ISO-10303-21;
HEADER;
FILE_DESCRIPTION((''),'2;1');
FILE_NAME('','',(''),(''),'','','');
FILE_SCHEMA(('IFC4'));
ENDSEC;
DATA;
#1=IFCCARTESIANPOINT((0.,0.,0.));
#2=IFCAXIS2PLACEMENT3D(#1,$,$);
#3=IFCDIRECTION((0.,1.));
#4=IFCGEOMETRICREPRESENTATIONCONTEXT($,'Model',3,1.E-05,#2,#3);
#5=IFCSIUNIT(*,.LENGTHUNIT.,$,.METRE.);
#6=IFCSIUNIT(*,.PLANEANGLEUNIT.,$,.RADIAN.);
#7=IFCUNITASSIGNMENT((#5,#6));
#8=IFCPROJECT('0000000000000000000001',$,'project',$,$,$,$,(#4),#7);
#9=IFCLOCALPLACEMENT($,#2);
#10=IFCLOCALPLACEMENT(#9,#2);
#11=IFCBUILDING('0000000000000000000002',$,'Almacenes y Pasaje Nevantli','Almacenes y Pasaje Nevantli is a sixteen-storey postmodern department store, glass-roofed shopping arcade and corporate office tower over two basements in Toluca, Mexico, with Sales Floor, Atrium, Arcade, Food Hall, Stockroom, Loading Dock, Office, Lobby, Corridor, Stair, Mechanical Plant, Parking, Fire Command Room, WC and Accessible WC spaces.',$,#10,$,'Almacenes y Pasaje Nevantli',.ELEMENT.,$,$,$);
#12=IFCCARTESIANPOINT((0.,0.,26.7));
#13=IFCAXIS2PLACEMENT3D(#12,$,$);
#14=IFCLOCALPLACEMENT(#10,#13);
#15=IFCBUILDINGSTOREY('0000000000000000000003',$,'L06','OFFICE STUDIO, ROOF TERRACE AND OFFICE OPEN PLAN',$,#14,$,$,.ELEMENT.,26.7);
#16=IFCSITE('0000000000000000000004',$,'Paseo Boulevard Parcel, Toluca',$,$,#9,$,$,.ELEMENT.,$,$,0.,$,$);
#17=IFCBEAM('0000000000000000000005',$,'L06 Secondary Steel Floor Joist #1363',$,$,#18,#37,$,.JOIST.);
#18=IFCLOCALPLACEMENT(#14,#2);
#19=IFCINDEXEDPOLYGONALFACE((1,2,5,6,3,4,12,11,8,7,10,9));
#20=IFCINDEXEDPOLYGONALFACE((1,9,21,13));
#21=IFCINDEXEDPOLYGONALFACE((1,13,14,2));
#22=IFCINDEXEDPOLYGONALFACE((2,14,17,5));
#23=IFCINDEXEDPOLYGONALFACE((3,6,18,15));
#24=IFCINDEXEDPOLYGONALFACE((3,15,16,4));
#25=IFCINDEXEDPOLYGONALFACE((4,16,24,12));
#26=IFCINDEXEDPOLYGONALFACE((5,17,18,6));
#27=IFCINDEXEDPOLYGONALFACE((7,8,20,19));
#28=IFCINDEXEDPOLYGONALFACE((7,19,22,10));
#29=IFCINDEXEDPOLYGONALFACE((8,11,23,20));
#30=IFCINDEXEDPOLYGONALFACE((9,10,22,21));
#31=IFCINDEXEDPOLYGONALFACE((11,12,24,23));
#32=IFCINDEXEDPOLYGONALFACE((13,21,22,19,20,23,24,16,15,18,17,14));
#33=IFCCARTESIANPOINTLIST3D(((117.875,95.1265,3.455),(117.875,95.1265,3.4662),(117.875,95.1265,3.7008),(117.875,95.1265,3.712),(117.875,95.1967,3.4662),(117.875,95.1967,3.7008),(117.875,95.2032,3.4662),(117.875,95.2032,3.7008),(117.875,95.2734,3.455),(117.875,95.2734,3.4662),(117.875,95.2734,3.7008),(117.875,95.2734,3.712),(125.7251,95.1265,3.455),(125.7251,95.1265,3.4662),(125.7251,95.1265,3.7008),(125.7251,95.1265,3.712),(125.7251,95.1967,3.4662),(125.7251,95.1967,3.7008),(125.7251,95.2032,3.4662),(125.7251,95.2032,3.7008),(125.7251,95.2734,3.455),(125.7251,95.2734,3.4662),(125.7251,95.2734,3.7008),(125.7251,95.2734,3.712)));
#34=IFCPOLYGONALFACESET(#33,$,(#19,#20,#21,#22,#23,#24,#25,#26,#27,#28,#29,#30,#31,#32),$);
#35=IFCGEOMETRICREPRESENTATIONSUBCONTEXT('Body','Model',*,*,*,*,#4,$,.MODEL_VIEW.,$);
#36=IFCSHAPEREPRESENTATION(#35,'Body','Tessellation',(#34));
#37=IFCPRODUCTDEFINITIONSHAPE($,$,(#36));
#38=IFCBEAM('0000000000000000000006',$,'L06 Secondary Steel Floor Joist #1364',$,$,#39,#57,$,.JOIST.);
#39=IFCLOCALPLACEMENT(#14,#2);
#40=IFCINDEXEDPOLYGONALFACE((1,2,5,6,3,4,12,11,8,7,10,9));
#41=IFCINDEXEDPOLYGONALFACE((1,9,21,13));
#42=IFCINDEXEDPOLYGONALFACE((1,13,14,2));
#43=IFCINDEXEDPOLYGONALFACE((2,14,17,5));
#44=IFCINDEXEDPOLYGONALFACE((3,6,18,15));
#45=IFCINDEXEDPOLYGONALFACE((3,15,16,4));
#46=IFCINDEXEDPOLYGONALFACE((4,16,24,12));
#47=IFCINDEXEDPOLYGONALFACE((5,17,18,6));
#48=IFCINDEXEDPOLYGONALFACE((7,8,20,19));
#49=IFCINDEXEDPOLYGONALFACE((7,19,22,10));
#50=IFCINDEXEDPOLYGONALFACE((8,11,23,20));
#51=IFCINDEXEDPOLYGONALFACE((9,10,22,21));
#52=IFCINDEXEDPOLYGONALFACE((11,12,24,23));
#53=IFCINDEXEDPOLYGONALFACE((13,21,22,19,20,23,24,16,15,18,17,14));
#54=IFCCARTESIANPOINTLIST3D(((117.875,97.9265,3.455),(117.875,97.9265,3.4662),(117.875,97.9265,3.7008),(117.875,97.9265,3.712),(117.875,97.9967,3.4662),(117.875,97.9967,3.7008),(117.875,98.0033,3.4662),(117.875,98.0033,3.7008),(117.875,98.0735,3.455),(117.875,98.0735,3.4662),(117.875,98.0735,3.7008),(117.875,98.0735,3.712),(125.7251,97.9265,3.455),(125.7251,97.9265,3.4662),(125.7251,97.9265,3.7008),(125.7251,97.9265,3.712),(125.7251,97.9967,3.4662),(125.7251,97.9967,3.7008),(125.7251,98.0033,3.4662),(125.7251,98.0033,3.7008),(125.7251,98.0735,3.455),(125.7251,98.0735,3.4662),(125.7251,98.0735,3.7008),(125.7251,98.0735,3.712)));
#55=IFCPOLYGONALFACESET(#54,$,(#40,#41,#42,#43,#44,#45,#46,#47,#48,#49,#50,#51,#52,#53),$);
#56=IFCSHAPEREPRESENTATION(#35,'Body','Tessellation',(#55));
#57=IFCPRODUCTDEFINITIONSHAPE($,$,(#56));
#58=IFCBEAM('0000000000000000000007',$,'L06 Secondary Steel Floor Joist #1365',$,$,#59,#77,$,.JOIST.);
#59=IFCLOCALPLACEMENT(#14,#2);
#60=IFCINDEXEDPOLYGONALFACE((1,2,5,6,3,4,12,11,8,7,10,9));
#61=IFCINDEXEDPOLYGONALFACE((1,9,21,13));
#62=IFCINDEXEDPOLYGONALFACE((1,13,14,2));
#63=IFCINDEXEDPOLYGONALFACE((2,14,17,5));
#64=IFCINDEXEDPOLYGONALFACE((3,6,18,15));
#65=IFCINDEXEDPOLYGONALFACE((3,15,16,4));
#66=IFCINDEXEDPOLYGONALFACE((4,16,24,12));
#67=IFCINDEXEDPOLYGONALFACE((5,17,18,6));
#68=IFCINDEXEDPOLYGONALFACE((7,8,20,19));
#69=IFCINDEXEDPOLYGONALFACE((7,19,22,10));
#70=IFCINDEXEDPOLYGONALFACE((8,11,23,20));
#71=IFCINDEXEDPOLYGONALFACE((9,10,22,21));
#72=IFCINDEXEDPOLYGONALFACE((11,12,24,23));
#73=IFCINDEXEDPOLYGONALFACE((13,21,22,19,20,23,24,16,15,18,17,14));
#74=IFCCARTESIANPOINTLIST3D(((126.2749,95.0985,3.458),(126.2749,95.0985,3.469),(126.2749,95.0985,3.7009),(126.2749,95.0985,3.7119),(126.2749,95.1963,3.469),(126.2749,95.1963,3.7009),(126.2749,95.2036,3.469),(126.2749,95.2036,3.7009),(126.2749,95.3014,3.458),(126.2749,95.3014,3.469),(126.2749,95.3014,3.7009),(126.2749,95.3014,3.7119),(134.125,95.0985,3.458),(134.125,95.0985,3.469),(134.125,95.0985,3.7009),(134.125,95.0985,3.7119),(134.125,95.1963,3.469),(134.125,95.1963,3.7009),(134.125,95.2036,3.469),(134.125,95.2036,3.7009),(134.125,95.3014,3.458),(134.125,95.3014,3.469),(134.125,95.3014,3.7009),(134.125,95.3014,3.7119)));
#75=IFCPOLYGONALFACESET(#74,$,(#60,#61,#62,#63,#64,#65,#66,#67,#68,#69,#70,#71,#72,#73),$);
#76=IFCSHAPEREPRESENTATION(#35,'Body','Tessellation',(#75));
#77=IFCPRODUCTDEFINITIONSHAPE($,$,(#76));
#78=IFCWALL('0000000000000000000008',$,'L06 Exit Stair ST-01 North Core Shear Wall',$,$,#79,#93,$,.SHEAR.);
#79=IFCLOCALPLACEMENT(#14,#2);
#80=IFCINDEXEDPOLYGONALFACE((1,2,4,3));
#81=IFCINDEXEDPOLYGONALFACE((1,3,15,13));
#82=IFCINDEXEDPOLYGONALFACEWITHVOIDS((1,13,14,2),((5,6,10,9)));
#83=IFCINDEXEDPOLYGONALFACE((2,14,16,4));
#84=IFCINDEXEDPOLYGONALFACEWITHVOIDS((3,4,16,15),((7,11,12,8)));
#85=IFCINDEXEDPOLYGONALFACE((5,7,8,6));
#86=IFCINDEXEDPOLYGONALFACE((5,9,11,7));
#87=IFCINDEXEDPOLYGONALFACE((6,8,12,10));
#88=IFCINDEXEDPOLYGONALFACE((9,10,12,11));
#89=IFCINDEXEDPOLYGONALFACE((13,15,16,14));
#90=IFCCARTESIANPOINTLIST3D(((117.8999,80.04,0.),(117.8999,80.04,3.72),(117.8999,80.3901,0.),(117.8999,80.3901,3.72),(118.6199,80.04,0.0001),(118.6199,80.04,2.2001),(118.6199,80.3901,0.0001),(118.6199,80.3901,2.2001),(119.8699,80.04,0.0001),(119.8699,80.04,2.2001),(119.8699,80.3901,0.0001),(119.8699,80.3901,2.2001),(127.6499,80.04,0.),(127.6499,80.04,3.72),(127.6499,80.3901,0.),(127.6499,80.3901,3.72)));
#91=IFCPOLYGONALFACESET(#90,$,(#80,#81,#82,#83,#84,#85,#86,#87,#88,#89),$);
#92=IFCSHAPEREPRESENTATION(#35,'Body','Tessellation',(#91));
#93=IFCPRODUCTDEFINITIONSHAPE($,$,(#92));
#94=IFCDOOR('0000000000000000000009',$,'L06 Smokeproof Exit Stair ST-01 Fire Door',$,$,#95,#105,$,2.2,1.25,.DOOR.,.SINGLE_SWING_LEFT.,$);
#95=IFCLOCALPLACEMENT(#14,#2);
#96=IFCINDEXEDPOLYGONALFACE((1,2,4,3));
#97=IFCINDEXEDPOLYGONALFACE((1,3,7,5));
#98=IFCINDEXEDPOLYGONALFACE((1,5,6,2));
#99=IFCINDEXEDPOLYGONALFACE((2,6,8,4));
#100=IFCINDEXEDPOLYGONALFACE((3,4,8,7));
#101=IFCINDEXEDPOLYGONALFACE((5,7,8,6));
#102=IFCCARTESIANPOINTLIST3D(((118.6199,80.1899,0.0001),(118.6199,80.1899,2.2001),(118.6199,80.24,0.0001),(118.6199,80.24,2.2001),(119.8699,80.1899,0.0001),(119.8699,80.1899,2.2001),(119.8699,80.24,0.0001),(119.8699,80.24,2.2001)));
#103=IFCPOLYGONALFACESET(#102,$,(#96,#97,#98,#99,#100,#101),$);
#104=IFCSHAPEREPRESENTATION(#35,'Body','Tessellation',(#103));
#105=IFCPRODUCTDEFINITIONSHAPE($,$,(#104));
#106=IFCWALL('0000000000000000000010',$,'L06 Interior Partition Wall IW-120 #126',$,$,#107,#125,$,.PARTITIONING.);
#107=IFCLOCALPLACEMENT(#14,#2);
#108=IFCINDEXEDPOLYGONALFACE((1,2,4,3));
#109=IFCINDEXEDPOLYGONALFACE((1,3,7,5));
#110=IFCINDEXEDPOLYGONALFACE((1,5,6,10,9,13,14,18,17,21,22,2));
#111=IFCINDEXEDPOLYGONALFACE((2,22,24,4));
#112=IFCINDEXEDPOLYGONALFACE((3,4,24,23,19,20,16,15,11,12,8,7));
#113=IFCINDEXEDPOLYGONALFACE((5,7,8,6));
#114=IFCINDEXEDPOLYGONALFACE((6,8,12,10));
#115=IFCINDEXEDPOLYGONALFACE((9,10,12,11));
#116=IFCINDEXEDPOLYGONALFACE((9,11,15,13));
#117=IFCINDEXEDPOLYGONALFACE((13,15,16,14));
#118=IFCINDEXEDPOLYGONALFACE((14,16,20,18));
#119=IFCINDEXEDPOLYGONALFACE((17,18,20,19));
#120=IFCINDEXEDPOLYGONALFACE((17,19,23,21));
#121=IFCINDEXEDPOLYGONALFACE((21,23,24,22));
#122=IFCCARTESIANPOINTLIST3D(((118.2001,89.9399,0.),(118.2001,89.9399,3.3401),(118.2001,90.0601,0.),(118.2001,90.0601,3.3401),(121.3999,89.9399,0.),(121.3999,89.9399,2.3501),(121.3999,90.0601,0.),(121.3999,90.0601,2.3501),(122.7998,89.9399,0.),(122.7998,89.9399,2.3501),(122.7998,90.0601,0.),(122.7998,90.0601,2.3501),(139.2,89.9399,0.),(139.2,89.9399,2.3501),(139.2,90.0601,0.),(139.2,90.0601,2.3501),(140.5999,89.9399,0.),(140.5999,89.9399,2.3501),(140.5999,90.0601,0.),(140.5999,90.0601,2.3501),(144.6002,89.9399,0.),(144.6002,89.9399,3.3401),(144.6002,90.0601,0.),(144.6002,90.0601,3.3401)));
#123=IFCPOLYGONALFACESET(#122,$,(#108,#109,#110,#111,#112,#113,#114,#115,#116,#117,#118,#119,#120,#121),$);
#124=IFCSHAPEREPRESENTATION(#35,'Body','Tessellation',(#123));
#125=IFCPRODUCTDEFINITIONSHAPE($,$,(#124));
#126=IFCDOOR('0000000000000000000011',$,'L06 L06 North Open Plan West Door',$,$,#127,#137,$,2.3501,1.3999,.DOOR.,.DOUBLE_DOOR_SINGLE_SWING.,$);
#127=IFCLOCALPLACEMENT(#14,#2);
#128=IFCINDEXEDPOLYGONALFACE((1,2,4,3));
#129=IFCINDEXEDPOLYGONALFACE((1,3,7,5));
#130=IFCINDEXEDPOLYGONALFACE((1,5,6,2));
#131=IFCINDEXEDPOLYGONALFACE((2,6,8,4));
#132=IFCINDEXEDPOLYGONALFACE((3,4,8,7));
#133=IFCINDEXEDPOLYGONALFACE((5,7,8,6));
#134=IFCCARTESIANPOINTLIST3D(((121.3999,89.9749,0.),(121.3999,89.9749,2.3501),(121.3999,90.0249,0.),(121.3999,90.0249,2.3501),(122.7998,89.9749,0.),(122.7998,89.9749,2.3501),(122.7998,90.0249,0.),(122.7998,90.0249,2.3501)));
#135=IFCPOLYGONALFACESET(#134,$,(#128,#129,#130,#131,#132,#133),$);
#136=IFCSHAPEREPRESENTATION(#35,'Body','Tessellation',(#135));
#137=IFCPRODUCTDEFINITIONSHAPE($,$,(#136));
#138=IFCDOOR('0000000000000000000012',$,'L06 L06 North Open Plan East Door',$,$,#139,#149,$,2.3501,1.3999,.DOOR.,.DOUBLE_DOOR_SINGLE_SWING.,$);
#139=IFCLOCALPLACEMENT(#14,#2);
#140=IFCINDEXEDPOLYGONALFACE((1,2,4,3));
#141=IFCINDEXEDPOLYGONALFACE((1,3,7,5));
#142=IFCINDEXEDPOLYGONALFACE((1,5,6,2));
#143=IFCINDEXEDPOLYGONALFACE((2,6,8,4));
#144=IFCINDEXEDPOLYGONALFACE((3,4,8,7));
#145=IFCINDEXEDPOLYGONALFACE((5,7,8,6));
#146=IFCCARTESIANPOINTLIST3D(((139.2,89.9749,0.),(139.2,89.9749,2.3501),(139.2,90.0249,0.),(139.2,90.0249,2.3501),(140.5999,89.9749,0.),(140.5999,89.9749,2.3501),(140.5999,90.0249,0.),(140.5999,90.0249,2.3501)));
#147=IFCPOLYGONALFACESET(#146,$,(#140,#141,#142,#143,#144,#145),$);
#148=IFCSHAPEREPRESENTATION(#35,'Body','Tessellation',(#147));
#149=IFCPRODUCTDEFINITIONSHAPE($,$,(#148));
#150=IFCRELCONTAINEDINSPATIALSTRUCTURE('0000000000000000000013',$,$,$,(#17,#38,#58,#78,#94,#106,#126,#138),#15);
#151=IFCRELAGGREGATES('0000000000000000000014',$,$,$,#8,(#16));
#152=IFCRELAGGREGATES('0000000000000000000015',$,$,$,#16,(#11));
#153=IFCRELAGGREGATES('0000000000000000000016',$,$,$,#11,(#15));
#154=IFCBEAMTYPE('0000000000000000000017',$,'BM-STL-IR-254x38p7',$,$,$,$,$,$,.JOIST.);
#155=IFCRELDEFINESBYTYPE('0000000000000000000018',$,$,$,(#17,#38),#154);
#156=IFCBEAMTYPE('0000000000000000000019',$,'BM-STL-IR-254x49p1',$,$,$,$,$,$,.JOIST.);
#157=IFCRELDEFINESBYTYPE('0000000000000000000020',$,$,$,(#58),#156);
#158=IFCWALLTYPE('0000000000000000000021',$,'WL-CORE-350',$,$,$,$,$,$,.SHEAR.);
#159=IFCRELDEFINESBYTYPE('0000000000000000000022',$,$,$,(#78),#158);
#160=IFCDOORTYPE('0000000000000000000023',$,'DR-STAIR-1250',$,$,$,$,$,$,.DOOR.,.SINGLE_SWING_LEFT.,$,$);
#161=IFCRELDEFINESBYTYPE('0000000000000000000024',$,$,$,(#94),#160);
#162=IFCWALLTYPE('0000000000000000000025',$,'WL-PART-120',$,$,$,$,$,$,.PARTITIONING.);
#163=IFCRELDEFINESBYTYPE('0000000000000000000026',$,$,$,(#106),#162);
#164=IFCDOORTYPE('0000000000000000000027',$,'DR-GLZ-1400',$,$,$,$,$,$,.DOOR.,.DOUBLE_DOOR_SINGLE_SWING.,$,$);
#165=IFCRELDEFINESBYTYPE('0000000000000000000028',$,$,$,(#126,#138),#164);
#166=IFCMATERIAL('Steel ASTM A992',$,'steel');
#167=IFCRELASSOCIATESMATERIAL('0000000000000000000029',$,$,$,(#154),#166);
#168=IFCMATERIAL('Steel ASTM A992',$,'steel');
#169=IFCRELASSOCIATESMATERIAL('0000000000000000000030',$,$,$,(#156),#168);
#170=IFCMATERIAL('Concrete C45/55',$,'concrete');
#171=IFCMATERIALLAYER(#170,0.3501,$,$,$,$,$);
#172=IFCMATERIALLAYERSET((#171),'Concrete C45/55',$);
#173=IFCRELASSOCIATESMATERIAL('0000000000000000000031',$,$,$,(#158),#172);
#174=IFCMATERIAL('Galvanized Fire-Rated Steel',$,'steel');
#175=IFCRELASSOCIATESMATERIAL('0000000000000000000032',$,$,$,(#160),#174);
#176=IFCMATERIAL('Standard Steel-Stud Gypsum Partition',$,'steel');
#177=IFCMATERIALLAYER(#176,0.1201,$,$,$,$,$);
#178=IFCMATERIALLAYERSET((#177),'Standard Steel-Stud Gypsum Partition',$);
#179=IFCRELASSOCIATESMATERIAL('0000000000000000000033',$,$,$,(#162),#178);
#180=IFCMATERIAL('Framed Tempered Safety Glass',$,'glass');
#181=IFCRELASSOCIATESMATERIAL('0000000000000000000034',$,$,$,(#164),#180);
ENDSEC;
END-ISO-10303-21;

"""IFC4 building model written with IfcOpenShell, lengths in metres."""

from ifc_helpers import new_model, si_unit, direction, frame, frame_2d, origin, origin_2d, place, context, subcontext, project, spatial, rectangle, i_section, extrude, material, layer, layer_set, material_profile, profile_set, type_object, element, fill, save


model = new_model("IFC4")

# Units and contexts
model_context = context("Model", 3, precision=1e-05, world=origin(), true_north=direction((0.0, 1.0)))
body_context = subcontext(model_context, "Body", "Model", "MODEL_VIEW")
ifc_project = project(units=[si_unit("LENGTHUNIT", "METRE"), si_unit("PLANEANGLEUNIT", "RADIAN")], contexts=[model_context])

# Site, building, storey
site_placement = place(None, origin())
site = spatial("IfcSite", under=ifc_project, at=site_placement, Name="Paseo Boulevard Parcel, Toluca", CompositionType="ELEMENT", RefElevation=0.0)
building_placement = place(site_placement, origin())
building = spatial("IfcBuilding", under=site, at=building_placement, Name="Almacenes y Pasaje Nevantli", Description="Almacenes y Pasaje Nevantli is a sixteen-storey postmodern department store, glass-roofed shopping arcade and corporate office tower over two basements in Toluca, Mexico, with Sales Floor, Atrium, Arcade, Food Hall, Stockroom, Loading Dock, Office, Lobby, Corridor, Stair, Mechanical Plant, Parking, Fire Command Room, WC and Accessible WC spaces.", LongName="Almacenes y Pasaje Nevantli", CompositionType="ELEMENT")
storey_placement = place(building_placement, frame((0.0, 0.0, 26.7)))
storey = spatial("IfcBuildingStorey", under=building, at=storey_placement, Name="L06", Description="OFFICE STUDIO, ROOF TERRACE AND OFFICE OPEN PLAN", CompositionType="ELEMENT", Elevation=26.7)

# Beams
ifc_material_1 = material(Name="Steel ASTM A992", Category="steel")
ifc_material_profile_1 = material_profile(ifc_material_1, i_section(OverallWidth=0.147, OverallDepth=0.2571, WebThickness=0.0066, FlangeThickness=0.0112, at=origin_2d()), Name="IR 254x38.7")
ifc_profile_set_1 = profile_set([ifc_material_profile_1], Name="Steel ASTM A992")
beam_type_1 = type_object("IfcBeamType", Name="BM-STL-IR-254x38p7", PredefinedType="JOIST", material=ifc_profile_set_1)
for number, where, z_axis, x_axis, name in (
    (1, (117.875, 95.2, 3.5835), (1.0, 0.0, 0.0), (0.0, 1.0, 0.0), "L06 Secondary Steel Floor Joist #1363"),
    (2, (117.875, 98.0, 3.5835), (1.0, 0.0, 0.0), (0.0, 1.0, 0.0), "L06 Secondary Steel Floor Joist #1364"),
):
    element("IfcBeam", number, at=place(storey_placement, frame(where, z_axis=z_axis, x_axis=x_axis)), inside=storey, type_object=beam_type_1, Name=name, PredefinedType="JOIST", context=body_context, shape_type="SweptSolid", body=[
        extrude(i_section(OverallWidth=0.147, OverallDepth=0.2571, WebThickness=0.0066, FlangeThickness=0.0112, at=origin_2d()), origin(), (0.0, 0.0, 1.0), 7.8501),
    ])
ifc_material_2 = material(Name="Steel ASTM A992", Category="steel")
ifc_material_profile_2 = material_profile(ifc_material_2, i_section(OverallWidth=0.2029, OverallDepth=0.2539, WebThickness=0.0073, FlangeThickness=0.011, at=origin_2d()), Name="IR 254x49.1")
ifc_profile_set_2 = profile_set([ifc_material_profile_2], Name="Steel ASTM A992")
beam_type_2 = type_object("IfcBeamType", Name="BM-STL-IR-254x49p1", PredefinedType="JOIST", material=ifc_profile_set_2)
beam_1_placement = place(storey_placement, frame((126.2749, 95.2, 3.585), z_axis=(1.0, 0.0, 0.0), x_axis=(0.0, 1.0, 0.0)))
element("IfcBeam", 3, at=beam_1_placement, inside=storey, type_object=beam_type_2, Name="L06 Secondary Steel Floor Joist #1365", PredefinedType="JOIST", context=body_context, shape_type="SweptSolid", body=[
    extrude(i_section(OverallWidth=0.2029, OverallDepth=0.2539, WebThickness=0.0073, FlangeThickness=0.011, at=origin_2d()), origin(), (0.0, 0.0, 1.0), 7.8501),
])

# Wall, opening, door
ifc_material_3 = material(Name="Concrete C45/55", Category="concrete")
ifc_layer_1 = layer(ifc_material_3, 0.3501)
ifc_layer_set_1 = layer_set([ifc_layer_1], Name="Concrete C45/55")
wall_type_1 = type_object("IfcWallType", Name="WL-CORE-350", PredefinedType="SHEAR", material=ifc_layer_set_1)
wall_1_placement = place(storey_placement, frame((117.8999, 80.2151, 0.0), z_axis=(0.0, 0.0, 1.0), x_axis=(1.0, 0.0, 0.0)))
wall_1 = element("IfcWall", 4, at=wall_1_placement, inside=storey, type_object=wall_type_1, Name="L06 Exit Stair ST-01 North Core Shear Wall", PredefinedType="SHEAR", context=body_context, shape_type="SweptSolid", body=[
    extrude(rectangle(XDim=9.75, YDim=0.3501, at=frame_2d((4.875, 0.0))), origin(), (0.0, 0.0, 1.0), 3.72),
])
opening_1_placement = place(wall_1_placement, frame((0.72, 0.0, 0.0)))
opening_1 = element("IfcOpeningElement", 5, at=opening_1_placement, cuts=wall_1, PredefinedType="OPENING", context=body_context, shape_type="SweptSolid", body=[
    extrude(rectangle(XDim=1.25, YDim=2.2, at=frame_2d((0.625, 1.1001))), frame((0.0, 0.1851, 0.0), z_axis=(0.0, -1.0, 0.0), x_axis=(1.0, 0.0, 0.0)), (0.0, 0.0, 1.0), 0.3701),
])
ifc_material_4 = material(Name="Galvanized Fire-Rated Steel", Category="steel")
door_type_1 = type_object("IfcDoorType", Name="DR-STAIR-1250", OperationType="SINGLE_SWING_LEFT", PredefinedType="DOOR", material=ifc_material_4)
door_1_placement = place(opening_1_placement, origin())
door_1 = element("IfcDoor", 6, at=door_1_placement, inside=storey, type_object=door_type_1, Name="L06 Smokeproof Exit Stair ST-01 Fire Door", OperationType="SINGLE_SWING_LEFT", OverallHeight=2.2, OverallWidth=1.25, PredefinedType="DOOR", context=body_context, shape_type="SweptSolid", body=[
    extrude(rectangle(XDim=1.25, YDim=2.2, at=frame_2d((0.625, 1.1001))), frame((0.0, 0.0249, 0.0), z_axis=(0.0, -1.0, 0.0), x_axis=(1.0, 0.0, 0.0)), (0.0, 0.0, 1.0), 0.05),
])
fill(opening_1, door_1)

# Wall, openings, doors
ifc_material_5 = material(Name="Standard Steel-Stud Gypsum Partition", Category="steel")
ifc_layer_2 = layer(ifc_material_5, 0.1201)
ifc_layer_set_2 = layer_set([ifc_layer_2], Name="Standard Steel-Stud Gypsum Partition")
wall_type_2 = type_object("IfcWallType", Name="WL-PART-120", PredefinedType="PARTITIONING", material=ifc_layer_set_2)
wall_2_placement = place(storey_placement, frame((118.2, 90.0, 0.0), z_axis=(0.0, 0.0, 1.0), x_axis=(1.0, 0.0, 0.0)))
wall_2 = element("IfcWall", 7, at=wall_2_placement, inside=storey, type_object=wall_type_2, Name="L06 Interior Partition Wall IW-120 #126", PredefinedType="PARTITIONING", context=body_context, shape_type="SweptSolid", body=[
    extrude(rectangle(XDim=26.4001, YDim=0.1201, at=frame_2d((13.2002, 0.0))), origin(), (0.0, 0.0, 1.0), 3.3401),
])
opening_2_placement = place(wall_2_placement, frame((3.2, 0.0, 0.0)))
opening_2 = element("IfcOpeningElement", 8, at=opening_2_placement, cuts=wall_2, PredefinedType="OPENING", context=body_context, shape_type="SweptSolid", body=[
    extrude(rectangle(XDim=1.3999, YDim=2.3501, at=frame_2d((0.7, 1.175))), frame((0.0, 0.0701, 0.0), z_axis=(0.0, -1.0, 0.0), x_axis=(1.0, 0.0, 0.0)), (0.0, 0.0, 1.0), 0.1401),
])
opening_3_placement = place(wall_2_placement, frame((21.0, 0.0, 0.0)))
opening_3 = element("IfcOpeningElement", 9, at=opening_3_placement, cuts=wall_2, PredefinedType="OPENING", context=body_context, shape_type="SweptSolid", body=[
    extrude(rectangle(XDim=1.3999, YDim=2.3501, at=frame_2d((0.7, 1.175))), frame((0.0, 0.0701, 0.0), z_axis=(0.0, -1.0, 0.0), x_axis=(1.0, 0.0, 0.0)), (0.0, 0.0, 1.0), 0.1401),
])
ifc_material_6 = material(Name="Framed Tempered Safety Glass", Category="glass")
door_type_2 = type_object("IfcDoorType", Name="DR-GLZ-1400", OperationType="DOUBLE_DOOR_SINGLE_SWING", PredefinedType="DOOR", material=ifc_material_6)
door_2_placement = place(opening_2_placement, origin())
door_2 = element("IfcDoor", 10, at=door_2_placement, inside=storey, type_object=door_type_2, Name="L06 L06 North Open Plan West Door", OperationType="DOUBLE_DOOR_SINGLE_SWING", OverallHeight=2.3501, OverallWidth=1.3999, PredefinedType="DOOR", context=body_context, shape_type="SweptSolid", body=[
    extrude(rectangle(XDim=1.3999, YDim=2.3501, at=frame_2d((0.7, 1.175))), frame((0.0, 0.0249, 0.0), z_axis=(0.0, -1.0, 0.0), x_axis=(1.0, 0.0, 0.0)), (0.0, 0.0, 1.0), 0.05),
])
fill(opening_2, door_2)
door_3_placement = place(opening_3_placement, origin())
door_3 = element("IfcDoor", 11, at=door_3_placement, inside=storey, type_object=door_type_2, Name="L06 L06 North Open Plan East Door", OperationType="DOUBLE_DOOR_SINGLE_SWING", OverallHeight=2.3501, OverallWidth=1.3999, PredefinedType="DOOR", context=body_context, shape_type="SweptSolid", body=[
    extrude(rectangle(XDim=1.3999, YDim=2.3501, at=frame_2d((0.7, 1.175))), frame((0.0, 0.0249, 0.0), z_axis=(0.0, -1.0, 0.0), x_axis=(1.0, 0.0, 0.0)), (0.0, 0.0, 1.0), 0.05),
])
fill(opening_3, door_3)

save(model, "model.ifc")
